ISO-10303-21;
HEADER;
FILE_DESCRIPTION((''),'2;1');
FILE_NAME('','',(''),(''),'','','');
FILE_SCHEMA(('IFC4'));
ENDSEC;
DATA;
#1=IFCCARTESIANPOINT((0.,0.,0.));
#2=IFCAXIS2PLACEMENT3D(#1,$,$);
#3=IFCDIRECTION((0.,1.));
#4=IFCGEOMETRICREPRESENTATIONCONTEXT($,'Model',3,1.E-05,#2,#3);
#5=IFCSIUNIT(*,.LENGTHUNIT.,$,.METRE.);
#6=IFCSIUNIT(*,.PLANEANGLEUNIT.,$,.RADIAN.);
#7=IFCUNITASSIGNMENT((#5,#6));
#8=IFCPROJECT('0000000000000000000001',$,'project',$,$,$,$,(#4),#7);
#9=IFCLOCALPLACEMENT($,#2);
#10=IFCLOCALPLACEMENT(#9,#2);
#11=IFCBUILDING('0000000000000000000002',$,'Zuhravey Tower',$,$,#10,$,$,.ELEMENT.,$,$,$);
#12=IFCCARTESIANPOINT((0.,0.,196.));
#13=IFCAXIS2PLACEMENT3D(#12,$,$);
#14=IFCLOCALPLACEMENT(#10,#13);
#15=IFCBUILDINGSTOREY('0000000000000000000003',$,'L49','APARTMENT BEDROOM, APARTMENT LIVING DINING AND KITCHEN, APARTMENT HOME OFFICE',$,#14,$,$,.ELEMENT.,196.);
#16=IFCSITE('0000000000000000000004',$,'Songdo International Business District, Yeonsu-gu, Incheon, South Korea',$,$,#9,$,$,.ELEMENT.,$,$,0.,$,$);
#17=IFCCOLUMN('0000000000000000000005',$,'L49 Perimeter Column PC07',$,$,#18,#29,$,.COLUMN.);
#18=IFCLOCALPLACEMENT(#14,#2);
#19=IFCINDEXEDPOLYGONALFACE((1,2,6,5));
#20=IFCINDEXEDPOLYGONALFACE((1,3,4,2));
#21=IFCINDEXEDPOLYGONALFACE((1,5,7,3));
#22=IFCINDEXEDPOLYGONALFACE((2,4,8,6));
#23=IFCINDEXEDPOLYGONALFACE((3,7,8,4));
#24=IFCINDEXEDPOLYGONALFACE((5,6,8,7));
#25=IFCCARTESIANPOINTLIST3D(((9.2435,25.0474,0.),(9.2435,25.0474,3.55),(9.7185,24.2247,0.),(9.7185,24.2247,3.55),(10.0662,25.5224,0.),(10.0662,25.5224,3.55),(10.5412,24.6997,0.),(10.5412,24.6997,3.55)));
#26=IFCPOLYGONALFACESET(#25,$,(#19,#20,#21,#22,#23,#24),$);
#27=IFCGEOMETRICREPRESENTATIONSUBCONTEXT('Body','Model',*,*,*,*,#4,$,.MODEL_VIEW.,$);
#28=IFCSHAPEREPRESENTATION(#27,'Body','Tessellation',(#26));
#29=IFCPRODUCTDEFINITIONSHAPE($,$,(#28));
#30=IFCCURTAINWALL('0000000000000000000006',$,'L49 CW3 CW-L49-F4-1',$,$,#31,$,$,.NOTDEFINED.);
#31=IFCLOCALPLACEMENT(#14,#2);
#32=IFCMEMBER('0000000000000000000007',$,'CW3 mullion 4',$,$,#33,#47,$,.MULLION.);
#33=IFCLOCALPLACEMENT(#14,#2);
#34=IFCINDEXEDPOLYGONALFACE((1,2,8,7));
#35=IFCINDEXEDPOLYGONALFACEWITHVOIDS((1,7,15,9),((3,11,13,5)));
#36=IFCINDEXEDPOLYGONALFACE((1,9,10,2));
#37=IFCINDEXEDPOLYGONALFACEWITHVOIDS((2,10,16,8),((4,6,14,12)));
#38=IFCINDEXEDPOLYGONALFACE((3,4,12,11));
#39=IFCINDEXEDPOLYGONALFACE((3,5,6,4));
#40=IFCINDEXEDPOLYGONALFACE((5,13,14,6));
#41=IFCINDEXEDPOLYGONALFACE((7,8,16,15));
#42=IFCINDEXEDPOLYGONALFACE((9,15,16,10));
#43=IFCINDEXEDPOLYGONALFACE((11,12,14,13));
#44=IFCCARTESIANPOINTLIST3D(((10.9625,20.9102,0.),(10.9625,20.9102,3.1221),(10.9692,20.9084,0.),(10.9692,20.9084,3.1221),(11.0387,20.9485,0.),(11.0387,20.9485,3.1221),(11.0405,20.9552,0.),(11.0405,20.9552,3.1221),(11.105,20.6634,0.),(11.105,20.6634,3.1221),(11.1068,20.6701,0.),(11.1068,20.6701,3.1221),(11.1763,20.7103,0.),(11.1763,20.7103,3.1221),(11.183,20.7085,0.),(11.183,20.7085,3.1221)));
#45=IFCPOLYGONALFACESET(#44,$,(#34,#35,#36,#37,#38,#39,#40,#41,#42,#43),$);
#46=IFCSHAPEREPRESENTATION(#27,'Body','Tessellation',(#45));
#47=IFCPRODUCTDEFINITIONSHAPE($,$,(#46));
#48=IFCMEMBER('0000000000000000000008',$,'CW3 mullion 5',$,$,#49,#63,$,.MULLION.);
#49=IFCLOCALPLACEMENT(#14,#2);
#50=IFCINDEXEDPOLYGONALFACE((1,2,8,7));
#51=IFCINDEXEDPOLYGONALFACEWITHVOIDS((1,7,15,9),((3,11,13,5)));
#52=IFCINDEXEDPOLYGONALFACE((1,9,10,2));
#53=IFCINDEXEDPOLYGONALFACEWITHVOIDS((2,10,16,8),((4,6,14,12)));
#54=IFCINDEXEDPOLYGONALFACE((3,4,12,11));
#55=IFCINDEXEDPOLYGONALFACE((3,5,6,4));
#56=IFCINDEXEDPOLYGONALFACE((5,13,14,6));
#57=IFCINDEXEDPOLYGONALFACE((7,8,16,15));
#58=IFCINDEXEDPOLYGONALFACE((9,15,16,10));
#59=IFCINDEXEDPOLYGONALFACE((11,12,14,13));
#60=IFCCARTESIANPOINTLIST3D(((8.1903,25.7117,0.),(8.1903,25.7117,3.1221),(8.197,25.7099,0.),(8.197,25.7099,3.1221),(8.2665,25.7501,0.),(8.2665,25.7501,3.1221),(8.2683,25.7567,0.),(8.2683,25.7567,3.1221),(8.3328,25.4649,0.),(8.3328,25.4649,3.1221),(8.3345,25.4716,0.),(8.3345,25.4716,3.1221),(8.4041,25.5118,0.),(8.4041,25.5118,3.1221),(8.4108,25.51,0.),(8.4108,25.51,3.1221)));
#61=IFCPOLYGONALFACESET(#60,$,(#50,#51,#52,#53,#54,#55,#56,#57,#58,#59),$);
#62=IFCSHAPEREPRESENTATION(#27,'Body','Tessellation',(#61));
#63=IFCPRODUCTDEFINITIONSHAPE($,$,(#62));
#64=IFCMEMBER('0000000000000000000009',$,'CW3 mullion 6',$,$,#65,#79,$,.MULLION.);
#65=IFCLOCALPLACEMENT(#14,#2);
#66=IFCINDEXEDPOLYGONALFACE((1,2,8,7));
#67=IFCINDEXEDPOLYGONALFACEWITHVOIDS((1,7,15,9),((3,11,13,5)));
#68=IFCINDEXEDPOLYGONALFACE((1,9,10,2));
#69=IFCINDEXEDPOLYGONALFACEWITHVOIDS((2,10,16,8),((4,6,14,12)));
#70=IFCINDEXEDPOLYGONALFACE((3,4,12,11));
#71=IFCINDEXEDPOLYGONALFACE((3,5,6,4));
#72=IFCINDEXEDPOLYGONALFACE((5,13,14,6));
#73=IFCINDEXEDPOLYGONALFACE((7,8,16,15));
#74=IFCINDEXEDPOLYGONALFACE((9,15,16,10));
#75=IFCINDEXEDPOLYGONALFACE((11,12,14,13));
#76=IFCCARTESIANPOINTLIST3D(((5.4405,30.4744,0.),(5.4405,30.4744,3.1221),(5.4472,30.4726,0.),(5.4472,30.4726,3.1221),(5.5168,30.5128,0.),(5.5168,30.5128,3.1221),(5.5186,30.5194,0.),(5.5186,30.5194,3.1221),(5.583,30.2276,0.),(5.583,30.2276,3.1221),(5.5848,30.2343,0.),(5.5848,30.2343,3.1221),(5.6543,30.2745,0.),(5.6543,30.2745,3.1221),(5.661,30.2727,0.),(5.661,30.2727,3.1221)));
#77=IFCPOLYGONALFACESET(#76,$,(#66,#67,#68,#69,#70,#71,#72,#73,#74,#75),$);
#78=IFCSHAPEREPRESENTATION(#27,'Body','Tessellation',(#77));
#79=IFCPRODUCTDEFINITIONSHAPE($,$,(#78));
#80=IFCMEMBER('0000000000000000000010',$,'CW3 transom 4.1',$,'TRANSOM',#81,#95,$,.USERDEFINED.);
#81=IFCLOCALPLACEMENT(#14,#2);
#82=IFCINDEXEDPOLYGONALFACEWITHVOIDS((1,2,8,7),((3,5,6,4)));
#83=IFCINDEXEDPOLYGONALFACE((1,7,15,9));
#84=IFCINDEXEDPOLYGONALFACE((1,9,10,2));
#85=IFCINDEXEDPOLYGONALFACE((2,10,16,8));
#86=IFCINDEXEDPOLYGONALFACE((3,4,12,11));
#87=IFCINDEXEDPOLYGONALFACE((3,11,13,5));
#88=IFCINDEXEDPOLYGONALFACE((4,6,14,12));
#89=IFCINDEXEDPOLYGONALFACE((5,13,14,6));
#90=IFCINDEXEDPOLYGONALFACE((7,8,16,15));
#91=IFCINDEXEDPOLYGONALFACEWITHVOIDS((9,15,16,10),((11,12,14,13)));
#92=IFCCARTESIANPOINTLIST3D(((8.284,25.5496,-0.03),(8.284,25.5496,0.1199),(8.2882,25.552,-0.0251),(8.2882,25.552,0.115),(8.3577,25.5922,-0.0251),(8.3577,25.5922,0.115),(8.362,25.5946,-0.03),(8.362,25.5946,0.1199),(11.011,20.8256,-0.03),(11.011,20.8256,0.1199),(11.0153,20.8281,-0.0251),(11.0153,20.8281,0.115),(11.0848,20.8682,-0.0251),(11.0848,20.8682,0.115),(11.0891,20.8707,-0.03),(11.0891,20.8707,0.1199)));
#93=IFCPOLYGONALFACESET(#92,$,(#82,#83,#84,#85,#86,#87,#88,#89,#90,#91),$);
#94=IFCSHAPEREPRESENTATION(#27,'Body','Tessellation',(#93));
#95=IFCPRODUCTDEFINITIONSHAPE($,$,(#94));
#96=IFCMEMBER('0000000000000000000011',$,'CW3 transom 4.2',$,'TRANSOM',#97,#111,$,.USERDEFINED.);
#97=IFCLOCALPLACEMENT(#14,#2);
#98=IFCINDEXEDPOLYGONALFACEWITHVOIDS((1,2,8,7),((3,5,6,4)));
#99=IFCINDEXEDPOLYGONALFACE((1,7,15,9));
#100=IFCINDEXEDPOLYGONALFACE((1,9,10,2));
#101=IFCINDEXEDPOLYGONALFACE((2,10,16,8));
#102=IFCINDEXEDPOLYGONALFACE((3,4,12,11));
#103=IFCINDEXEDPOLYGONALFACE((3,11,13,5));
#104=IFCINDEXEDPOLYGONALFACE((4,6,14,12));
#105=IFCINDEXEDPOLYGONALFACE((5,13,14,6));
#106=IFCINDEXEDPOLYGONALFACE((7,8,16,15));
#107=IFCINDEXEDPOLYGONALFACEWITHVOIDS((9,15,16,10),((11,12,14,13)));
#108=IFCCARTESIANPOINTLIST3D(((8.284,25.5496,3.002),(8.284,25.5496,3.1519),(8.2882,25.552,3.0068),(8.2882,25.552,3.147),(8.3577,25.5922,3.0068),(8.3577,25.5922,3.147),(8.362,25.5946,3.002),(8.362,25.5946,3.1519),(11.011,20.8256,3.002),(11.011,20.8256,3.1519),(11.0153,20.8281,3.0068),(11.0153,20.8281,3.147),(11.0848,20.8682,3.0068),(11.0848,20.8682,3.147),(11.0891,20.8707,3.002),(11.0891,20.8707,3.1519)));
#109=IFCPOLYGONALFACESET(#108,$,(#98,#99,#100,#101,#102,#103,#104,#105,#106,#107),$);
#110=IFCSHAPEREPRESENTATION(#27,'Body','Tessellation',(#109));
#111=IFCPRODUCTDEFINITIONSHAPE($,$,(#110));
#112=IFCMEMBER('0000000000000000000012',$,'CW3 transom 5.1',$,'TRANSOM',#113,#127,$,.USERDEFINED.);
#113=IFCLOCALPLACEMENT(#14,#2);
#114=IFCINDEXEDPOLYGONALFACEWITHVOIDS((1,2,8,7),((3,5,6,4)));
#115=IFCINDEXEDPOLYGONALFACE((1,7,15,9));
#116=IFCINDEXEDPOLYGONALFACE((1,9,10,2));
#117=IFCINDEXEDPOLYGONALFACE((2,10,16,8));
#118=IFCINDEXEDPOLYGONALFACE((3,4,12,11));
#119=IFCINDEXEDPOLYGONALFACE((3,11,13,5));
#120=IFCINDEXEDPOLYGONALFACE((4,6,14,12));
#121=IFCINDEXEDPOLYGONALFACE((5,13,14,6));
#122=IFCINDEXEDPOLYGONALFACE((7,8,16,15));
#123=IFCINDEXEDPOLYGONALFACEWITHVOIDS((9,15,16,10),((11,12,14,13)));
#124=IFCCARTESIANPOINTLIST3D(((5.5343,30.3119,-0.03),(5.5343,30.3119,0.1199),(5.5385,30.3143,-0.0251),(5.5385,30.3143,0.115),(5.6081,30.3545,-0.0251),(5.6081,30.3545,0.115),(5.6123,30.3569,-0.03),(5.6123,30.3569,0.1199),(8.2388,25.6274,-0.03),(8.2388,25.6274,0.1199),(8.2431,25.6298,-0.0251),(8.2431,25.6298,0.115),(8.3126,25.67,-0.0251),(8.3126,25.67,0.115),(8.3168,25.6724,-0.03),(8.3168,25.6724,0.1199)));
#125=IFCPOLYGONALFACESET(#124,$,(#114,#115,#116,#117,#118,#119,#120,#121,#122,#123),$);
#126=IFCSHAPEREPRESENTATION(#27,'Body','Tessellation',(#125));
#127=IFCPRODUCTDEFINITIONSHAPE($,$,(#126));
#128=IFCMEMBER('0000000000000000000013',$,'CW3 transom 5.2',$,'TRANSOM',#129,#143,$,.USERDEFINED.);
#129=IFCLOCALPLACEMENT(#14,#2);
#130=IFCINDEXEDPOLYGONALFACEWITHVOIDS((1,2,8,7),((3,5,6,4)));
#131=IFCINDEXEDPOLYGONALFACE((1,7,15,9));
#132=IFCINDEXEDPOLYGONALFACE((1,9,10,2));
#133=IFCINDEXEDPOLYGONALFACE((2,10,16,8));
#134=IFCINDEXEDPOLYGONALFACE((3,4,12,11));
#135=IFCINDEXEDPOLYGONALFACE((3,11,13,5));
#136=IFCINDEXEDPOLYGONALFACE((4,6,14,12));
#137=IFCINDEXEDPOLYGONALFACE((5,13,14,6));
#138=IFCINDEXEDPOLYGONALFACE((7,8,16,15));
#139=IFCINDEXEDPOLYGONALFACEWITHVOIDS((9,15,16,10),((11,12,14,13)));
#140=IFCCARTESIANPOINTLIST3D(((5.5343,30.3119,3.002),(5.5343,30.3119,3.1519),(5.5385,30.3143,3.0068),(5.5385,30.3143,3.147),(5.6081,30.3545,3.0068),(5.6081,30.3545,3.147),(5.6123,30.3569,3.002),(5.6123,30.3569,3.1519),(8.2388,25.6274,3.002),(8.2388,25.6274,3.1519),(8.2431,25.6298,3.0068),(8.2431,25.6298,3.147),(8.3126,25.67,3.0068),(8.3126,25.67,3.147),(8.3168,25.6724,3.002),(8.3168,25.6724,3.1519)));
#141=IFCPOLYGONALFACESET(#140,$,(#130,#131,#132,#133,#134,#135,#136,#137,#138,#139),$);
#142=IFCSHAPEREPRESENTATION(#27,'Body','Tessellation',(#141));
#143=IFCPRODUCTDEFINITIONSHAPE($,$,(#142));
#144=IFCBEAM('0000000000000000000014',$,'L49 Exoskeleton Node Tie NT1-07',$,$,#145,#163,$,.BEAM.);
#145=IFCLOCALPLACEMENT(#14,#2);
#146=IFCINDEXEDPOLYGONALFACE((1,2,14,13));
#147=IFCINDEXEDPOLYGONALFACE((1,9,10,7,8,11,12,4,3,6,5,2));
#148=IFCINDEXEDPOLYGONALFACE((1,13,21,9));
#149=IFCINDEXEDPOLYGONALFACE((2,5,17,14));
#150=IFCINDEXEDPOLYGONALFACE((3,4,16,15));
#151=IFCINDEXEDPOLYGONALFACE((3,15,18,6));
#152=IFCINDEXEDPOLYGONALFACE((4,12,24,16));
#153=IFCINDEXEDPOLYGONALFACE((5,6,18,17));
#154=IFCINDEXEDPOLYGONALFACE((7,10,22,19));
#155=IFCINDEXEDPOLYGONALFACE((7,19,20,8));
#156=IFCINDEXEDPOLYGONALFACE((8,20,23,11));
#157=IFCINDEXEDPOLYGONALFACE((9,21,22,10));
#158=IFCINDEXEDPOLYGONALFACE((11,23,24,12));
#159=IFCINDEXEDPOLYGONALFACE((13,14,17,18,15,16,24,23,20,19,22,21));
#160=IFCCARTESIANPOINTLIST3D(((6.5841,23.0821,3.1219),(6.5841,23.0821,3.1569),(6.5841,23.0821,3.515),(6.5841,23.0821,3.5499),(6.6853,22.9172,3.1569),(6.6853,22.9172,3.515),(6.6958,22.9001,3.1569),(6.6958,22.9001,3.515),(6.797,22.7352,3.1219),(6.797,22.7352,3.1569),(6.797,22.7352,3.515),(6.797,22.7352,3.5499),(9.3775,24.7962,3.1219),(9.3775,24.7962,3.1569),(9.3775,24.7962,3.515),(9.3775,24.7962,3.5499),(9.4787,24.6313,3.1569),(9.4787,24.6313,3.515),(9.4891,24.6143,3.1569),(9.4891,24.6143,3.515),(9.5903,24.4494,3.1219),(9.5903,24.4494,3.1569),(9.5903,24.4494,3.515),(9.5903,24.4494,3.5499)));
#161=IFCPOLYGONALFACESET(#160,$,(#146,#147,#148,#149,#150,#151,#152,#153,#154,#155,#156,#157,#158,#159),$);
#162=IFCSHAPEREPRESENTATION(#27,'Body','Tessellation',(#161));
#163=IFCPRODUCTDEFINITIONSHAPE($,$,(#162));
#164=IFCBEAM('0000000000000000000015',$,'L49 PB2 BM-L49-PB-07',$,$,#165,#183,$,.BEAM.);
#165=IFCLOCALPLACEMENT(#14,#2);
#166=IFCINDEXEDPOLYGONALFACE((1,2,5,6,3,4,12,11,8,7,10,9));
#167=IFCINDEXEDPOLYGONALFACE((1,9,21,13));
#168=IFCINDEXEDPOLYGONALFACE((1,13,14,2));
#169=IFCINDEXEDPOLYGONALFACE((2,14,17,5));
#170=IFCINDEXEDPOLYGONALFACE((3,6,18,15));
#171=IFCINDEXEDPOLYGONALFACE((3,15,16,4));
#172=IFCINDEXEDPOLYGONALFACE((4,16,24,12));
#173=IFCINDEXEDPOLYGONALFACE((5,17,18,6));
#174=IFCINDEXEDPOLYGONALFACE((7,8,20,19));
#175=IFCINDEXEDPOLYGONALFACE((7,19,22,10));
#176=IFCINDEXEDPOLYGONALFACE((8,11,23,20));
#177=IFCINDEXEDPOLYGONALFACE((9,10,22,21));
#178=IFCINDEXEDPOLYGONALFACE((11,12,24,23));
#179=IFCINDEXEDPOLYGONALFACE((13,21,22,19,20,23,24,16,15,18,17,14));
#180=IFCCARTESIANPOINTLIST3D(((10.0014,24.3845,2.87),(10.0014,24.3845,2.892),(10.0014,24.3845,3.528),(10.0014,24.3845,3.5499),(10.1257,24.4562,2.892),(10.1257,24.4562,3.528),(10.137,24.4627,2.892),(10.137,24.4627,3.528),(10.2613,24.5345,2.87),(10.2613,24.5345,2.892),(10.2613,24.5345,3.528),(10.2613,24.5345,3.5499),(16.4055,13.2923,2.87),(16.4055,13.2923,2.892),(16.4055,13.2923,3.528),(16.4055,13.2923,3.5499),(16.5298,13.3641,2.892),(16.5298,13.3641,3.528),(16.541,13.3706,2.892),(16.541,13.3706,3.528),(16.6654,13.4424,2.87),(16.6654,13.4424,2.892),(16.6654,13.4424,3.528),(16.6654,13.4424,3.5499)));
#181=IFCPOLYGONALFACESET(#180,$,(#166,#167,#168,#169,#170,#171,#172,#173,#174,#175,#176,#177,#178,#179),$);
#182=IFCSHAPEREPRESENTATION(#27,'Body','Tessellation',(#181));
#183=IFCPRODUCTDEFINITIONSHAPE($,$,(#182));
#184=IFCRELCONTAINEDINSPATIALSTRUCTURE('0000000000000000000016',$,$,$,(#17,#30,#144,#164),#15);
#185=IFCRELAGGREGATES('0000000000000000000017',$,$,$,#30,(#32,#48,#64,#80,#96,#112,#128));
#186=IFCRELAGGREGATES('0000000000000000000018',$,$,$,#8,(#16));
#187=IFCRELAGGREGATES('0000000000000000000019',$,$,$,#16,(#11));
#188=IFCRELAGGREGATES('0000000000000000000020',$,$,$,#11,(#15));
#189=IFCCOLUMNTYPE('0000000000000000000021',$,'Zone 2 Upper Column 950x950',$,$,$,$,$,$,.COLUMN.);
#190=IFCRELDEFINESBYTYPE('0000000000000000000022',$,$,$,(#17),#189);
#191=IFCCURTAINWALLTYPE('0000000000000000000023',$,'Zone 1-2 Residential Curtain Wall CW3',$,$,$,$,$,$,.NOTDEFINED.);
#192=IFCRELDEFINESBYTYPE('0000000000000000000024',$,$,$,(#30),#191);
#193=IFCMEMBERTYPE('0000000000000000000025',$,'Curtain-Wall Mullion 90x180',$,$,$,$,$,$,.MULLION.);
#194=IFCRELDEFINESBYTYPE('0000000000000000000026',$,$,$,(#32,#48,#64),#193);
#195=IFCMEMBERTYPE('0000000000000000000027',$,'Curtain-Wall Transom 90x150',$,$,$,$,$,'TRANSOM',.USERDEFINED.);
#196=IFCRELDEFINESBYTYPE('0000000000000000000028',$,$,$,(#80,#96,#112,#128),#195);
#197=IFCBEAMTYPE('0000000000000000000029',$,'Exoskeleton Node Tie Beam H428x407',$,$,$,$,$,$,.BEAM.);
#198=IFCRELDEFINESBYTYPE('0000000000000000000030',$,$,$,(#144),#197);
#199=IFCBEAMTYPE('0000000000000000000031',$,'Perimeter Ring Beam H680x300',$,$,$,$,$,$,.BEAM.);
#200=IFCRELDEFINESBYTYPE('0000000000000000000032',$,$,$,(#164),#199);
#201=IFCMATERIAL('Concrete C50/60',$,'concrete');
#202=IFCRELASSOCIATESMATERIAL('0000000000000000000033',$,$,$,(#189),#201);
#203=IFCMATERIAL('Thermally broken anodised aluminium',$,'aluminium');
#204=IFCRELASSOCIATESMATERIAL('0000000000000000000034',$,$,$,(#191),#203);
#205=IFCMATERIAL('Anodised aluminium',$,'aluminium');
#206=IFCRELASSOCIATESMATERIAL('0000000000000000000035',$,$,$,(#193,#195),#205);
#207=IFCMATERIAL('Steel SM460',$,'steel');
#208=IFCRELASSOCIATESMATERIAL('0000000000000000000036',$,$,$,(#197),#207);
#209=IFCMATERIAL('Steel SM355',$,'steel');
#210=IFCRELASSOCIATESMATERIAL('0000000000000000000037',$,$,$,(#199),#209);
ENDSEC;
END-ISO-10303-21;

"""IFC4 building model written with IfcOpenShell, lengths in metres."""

from ifc_helpers import new_model, si_unit, direction, frame, origin, origin_2d, place, context, subcontext, project, spatial, rectangle, hollow_rectangle, i_section, extrude, material, material_profile, profile_set, type_object, element, aggregate, save


model = new_model("IFC4")

# Units and contexts
model_context = context("Model", 3, precision=1e-05, world=origin(), true_north=direction((0.0, 1.0)))
body_context = subcontext(model_context, "Body", "Model", "MODEL_VIEW")
ifc_project = project(units=[si_unit("LENGTHUNIT", "METRE"), si_unit("PLANEANGLEUNIT", "RADIAN")], contexts=[model_context])

# Site, building, storey
site_placement = place(None, origin())
site = spatial("IfcSite", under=ifc_project, at=site_placement, Name="Songdo International Business District, Yeonsu-gu, Incheon, South Korea", CompositionType="ELEMENT", RefElevation=0.0)
building_placement = place(site_placement, origin())
building = spatial("IfcBuilding", under=site, at=building_placement, Name="Zuhravey Tower", CompositionType="ELEMENT")
storey_placement = place(building_placement, frame((0.0, 0.0, 196.0)))
storey = spatial("IfcBuildingStorey", under=building, at=storey_placement, Name="L49", Description="APARTMENT BEDROOM, APARTMENT LIVING DINING AND KITCHEN, APARTMENT HOME OFFICE", CompositionType="ELEMENT", Elevation=196.0)

# Column
ifc_material_1 = material(Name="Concrete C50/60", Category="concrete")
ifc_material_profile_1 = material_profile(ifc_material_1, rectangle(XDim=0.95, YDim=0.95, at=origin_2d()), Name="RC-950x950")
ifc_profile_set_1 = profile_set([ifc_material_profile_1], Name="Concrete C50/60")
column_type = type_object("IfcColumnType", Name="Zone 2 Upper Column 950x950", PredefinedType="COLUMN", material=ifc_profile_set_1)
column_placement = place(storey_placement, frame((9.8923, 24.8735, 0.0), z_axis=(0.0, 0.0, 1.0), x_axis=(0.5, -0.866025, 0.0)))
element("IfcColumn", 1, at=column_placement, inside=storey, type_object=column_type, Name="L49 Perimeter Column PC07", PredefinedType="COLUMN", context=body_context, shape_type="SweptSolid", body=[
    extrude(rectangle(XDim=0.95, YDim=0.95, at=origin_2d()), origin(), (0.0, 0.0, 1.0), 3.55),
])

# Curtain wall, members
ifc_material_2 = material(Name="Thermally broken anodised aluminium", Category="aluminium")
curtain_wall_type = type_object("IfcCurtainWallType", Name="Zone 1-2 Residential Curtain Wall CW3", PredefinedType="NOTDEFINED", material=ifc_material_2)
curtain_wall_placement = place(storey_placement, origin())
curtain_wall = element("IfcCurtainWall", 2, at=curtain_wall_placement, inside=storey, type_object=curtain_wall_type, Name="L49 CW3 CW-L49-F4-1", PredefinedType="NOTDEFINED")
ifc_material_3 = material(Name="Anodised aluminium", Category="aluminium")
ifc_material_profile_2 = material_profile(ifc_material_3, hollow_rectangle(XDim=0.0901, YDim=0.2849, WallThickness=0.0049, at=origin_2d()), Name="ALU-RHS-90x285x5")
ifc_profile_set_2 = profile_set([ifc_material_profile_2], Name="Anodised aluminium")
member_type_1 = type_object("IfcMemberType", Name="Curtain-Wall Mullion 90x180", PredefinedType="MULLION", material=ifc_profile_set_2)
member_1_placement = place(storey_placement, frame((11.0728, 20.8093, 0.0), z_axis=(0.0, 0.0, 1.0), x_axis=(-0.866025, -0.5, 0.0)))
member_1 = element("IfcMember", 3, at=member_1_placement, type_object=member_type_1, Name="CW3 mullion 4", PredefinedType="MULLION", context=body_context, shape_type="SweptSolid", body=[
    extrude(hollow_rectangle(XDim=0.0901, YDim=0.2849, WallThickness=0.0049, at=origin_2d()), origin(), (0.0, 0.0, 1.0), 3.1221),
])
member_2_placement = place(storey_placement, frame((8.3005, 25.6108, 0.0), z_axis=(0.0, 0.0, 1.0), x_axis=(-0.866025, -0.5, 0.0)))
member_2 = element("IfcMember", 4, at=member_2_placement, type_object=member_type_1, Name="CW3 mullion 5", PredefinedType="MULLION", context=body_context, shape_type="SweptSolid", body=[
    extrude(hollow_rectangle(XDim=0.0901, YDim=0.2849, WallThickness=0.0049, at=origin_2d()), origin(), (0.0, 0.0, 1.0), 3.1221),
])
member_3_placement = place(storey_placement, frame((5.5508, 30.3735, 0.0), z_axis=(0.0, 0.0, 1.0), x_axis=(-0.866025, -0.5, 0.0)))
member_3 = element("IfcMember", 5, at=member_3_placement, type_object=member_type_1, Name="CW3 mullion 6", PredefinedType="MULLION", context=body_context, shape_type="SweptSolid", body=[
    extrude(hollow_rectangle(XDim=0.0901, YDim=0.2849, WallThickness=0.0049, at=origin_2d()), origin(), (0.0, 0.0, 1.0), 3.1221),
])
ifc_material_profile_3 = material_profile(ifc_material_3, hollow_rectangle(XDim=0.0901, YDim=0.1499, WallThickness=0.0049, at=origin_2d()), Name="ALU-RHS-90x150x5")
ifc_profile_set_3 = profile_set([ifc_material_profile_3], Name="Anodised aluminium")
member_type_2 = type_object("IfcMemberType", Name="Curtain-Wall Transom 90x150", ElementType="TRANSOM", PredefinedType="USERDEFINED", material=ifc_profile_set_3)
member_4_placement = place(storey_placement, frame((11.05, 20.8481, 0.0449), z_axis=(-0.499961, 0.866048, 0.0), x_axis=(-0.866048, -0.499961, 0.0)))
member_4 = element("IfcMember", 6, at=member_4_placement, type_object=member_type_2, Name="CW3 transom 4.1", ObjectType="TRANSOM", PredefinedType="USERDEFINED", context=body_context, shape_type="SweptSolid", body=[
    extrude(hollow_rectangle(XDim=0.0901, YDim=0.1499, WallThickness=0.0049, at=origin_2d()), origin(), (0.0, 0.0, 1.0), 5.4546),
])
member_5_placement = place(storey_placement, frame((11.05, 20.8481, 3.0769), z_axis=(-0.499961, 0.866048, 0.0), x_axis=(-0.866048, -0.499961, 0.0)))
member_5 = element("IfcMember", 7, at=member_5_placement, type_object=member_type_2, Name="CW3 transom 4.2", ObjectType="TRANSOM", PredefinedType="USERDEFINED", context=body_context, shape_type="SweptSolid", body=[
    extrude(hollow_rectangle(XDim=0.0901, YDim=0.1499, WallThickness=0.0049, at=origin_2d()), origin(), (0.0, 0.0, 1.0), 5.4546),
])
member_6_placement = place(storey_placement, frame((8.2778, 25.6499, 0.0449), z_axis=(-0.499993, 0.866029, 0.0), x_axis=(-0.866029, -0.499993, 0.0)))
member_6 = element("IfcMember", 8, at=member_6_placement, type_object=member_type_2, Name="CW3 transom 5.1", ObjectType="TRANSOM", PredefinedType="USERDEFINED", context=body_context, shape_type="SweptSolid", body=[
    extrude(hollow_rectangle(XDim=0.0901, YDim=0.1499, WallThickness=0.0049, at=origin_2d()), origin(), (0.0, 0.0, 1.0), 5.4092),
])
member_7_placement = place(storey_placement, frame((8.2778, 25.6499, 3.0769), z_axis=(-0.499993, 0.866029, 0.0), x_axis=(-0.866029, -0.499993, 0.0)))
member_7 = element("IfcMember", 9, at=member_7_placement, type_object=member_type_2, Name="CW3 transom 5.2", ObjectType="TRANSOM", PredefinedType="USERDEFINED", context=body_context, shape_type="SweptSolid", body=[
    extrude(hollow_rectangle(XDim=0.0901, YDim=0.1499, WallThickness=0.0049, at=origin_2d()), origin(), (0.0, 0.0, 1.0), 5.4092),
])

# Beams
ifc_material_4 = material(Name="Steel SM460", Category="steel")
ifc_material_profile_4 = material_profile(ifc_material_4, i_section(OverallWidth=0.407, OverallDepth=0.428, WebThickness=0.02, FlangeThickness=0.0349, at=origin_2d()), Name="H-428x407x20x35")
ifc_profile_set_4 = profile_set([ifc_material_profile_4], Name="Steel SM460")
beam_type_1 = type_object("IfcBeamType", Name="Exoskeleton Node Tie Beam H428x407", PredefinedType="BEAM", material=ifc_profile_set_4)
beam_1_placement = place(storey_placement, frame((9.4839, 24.6228, 3.3359), z_axis=(-0.85231, -0.523037, 0.0), x_axis=(0.523037, -0.85231, 0.0)))
element("IfcBeam", 10, at=beam_1_placement, inside=storey, type_object=beam_type_1, Name="L49 Exoskeleton Node Tie NT1-07", PredefinedType="BEAM", context=body_context, shape_type="SweptSolid", body=[
    extrude(i_section(OverallWidth=0.407, OverallDepth=0.428, WebThickness=0.02, FlangeThickness=0.0349, at=origin_2d()), origin(), (0.0, 0.0, 1.0), 3.2773),
])
ifc_material_5 = material(Name="Steel SM355", Category="steel")
ifc_material_profile_5 = material_profile(ifc_material_5, i_section(OverallWidth=0.3, OverallDepth=0.6799, WebThickness=0.0129, FlangeThickness=0.022, at=origin_2d()), Name="H-680x300x13x22")
ifc_profile_set_5 = profile_set([ifc_material_profile_5], Name="Steel SM355")
beam_type_2 = type_object("IfcBeamType", Name="Perimeter Ring Beam H680x300", PredefinedType="BEAM", material=ifc_profile_set_5)
beam_2_placement = place(storey_placement, frame((10.1313, 24.4595, 3.21), z_axis=(0.500004, -0.866023, 0.0), x_axis=(0.866023, 0.500004, 0.0)))
element("IfcBeam", 11, at=beam_2_placement, inside=storey, type_object=beam_type_2, Name="L49 PB2 BM-L49-PB-07", PredefinedType="BEAM", context=body_context, shape_type="SweptSolid", body=[
    extrude(i_section(OverallWidth=0.3, OverallDepth=0.6799, WebThickness=0.0129, FlangeThickness=0.022, at=origin_2d()), origin(), (0.0, 0.0, 1.0), 12.8081),
])

aggregate(curtain_wall, [member_1, member_2, member_3, member_4, member_5, member_6, member_7])

save(model, "model.ifc")
